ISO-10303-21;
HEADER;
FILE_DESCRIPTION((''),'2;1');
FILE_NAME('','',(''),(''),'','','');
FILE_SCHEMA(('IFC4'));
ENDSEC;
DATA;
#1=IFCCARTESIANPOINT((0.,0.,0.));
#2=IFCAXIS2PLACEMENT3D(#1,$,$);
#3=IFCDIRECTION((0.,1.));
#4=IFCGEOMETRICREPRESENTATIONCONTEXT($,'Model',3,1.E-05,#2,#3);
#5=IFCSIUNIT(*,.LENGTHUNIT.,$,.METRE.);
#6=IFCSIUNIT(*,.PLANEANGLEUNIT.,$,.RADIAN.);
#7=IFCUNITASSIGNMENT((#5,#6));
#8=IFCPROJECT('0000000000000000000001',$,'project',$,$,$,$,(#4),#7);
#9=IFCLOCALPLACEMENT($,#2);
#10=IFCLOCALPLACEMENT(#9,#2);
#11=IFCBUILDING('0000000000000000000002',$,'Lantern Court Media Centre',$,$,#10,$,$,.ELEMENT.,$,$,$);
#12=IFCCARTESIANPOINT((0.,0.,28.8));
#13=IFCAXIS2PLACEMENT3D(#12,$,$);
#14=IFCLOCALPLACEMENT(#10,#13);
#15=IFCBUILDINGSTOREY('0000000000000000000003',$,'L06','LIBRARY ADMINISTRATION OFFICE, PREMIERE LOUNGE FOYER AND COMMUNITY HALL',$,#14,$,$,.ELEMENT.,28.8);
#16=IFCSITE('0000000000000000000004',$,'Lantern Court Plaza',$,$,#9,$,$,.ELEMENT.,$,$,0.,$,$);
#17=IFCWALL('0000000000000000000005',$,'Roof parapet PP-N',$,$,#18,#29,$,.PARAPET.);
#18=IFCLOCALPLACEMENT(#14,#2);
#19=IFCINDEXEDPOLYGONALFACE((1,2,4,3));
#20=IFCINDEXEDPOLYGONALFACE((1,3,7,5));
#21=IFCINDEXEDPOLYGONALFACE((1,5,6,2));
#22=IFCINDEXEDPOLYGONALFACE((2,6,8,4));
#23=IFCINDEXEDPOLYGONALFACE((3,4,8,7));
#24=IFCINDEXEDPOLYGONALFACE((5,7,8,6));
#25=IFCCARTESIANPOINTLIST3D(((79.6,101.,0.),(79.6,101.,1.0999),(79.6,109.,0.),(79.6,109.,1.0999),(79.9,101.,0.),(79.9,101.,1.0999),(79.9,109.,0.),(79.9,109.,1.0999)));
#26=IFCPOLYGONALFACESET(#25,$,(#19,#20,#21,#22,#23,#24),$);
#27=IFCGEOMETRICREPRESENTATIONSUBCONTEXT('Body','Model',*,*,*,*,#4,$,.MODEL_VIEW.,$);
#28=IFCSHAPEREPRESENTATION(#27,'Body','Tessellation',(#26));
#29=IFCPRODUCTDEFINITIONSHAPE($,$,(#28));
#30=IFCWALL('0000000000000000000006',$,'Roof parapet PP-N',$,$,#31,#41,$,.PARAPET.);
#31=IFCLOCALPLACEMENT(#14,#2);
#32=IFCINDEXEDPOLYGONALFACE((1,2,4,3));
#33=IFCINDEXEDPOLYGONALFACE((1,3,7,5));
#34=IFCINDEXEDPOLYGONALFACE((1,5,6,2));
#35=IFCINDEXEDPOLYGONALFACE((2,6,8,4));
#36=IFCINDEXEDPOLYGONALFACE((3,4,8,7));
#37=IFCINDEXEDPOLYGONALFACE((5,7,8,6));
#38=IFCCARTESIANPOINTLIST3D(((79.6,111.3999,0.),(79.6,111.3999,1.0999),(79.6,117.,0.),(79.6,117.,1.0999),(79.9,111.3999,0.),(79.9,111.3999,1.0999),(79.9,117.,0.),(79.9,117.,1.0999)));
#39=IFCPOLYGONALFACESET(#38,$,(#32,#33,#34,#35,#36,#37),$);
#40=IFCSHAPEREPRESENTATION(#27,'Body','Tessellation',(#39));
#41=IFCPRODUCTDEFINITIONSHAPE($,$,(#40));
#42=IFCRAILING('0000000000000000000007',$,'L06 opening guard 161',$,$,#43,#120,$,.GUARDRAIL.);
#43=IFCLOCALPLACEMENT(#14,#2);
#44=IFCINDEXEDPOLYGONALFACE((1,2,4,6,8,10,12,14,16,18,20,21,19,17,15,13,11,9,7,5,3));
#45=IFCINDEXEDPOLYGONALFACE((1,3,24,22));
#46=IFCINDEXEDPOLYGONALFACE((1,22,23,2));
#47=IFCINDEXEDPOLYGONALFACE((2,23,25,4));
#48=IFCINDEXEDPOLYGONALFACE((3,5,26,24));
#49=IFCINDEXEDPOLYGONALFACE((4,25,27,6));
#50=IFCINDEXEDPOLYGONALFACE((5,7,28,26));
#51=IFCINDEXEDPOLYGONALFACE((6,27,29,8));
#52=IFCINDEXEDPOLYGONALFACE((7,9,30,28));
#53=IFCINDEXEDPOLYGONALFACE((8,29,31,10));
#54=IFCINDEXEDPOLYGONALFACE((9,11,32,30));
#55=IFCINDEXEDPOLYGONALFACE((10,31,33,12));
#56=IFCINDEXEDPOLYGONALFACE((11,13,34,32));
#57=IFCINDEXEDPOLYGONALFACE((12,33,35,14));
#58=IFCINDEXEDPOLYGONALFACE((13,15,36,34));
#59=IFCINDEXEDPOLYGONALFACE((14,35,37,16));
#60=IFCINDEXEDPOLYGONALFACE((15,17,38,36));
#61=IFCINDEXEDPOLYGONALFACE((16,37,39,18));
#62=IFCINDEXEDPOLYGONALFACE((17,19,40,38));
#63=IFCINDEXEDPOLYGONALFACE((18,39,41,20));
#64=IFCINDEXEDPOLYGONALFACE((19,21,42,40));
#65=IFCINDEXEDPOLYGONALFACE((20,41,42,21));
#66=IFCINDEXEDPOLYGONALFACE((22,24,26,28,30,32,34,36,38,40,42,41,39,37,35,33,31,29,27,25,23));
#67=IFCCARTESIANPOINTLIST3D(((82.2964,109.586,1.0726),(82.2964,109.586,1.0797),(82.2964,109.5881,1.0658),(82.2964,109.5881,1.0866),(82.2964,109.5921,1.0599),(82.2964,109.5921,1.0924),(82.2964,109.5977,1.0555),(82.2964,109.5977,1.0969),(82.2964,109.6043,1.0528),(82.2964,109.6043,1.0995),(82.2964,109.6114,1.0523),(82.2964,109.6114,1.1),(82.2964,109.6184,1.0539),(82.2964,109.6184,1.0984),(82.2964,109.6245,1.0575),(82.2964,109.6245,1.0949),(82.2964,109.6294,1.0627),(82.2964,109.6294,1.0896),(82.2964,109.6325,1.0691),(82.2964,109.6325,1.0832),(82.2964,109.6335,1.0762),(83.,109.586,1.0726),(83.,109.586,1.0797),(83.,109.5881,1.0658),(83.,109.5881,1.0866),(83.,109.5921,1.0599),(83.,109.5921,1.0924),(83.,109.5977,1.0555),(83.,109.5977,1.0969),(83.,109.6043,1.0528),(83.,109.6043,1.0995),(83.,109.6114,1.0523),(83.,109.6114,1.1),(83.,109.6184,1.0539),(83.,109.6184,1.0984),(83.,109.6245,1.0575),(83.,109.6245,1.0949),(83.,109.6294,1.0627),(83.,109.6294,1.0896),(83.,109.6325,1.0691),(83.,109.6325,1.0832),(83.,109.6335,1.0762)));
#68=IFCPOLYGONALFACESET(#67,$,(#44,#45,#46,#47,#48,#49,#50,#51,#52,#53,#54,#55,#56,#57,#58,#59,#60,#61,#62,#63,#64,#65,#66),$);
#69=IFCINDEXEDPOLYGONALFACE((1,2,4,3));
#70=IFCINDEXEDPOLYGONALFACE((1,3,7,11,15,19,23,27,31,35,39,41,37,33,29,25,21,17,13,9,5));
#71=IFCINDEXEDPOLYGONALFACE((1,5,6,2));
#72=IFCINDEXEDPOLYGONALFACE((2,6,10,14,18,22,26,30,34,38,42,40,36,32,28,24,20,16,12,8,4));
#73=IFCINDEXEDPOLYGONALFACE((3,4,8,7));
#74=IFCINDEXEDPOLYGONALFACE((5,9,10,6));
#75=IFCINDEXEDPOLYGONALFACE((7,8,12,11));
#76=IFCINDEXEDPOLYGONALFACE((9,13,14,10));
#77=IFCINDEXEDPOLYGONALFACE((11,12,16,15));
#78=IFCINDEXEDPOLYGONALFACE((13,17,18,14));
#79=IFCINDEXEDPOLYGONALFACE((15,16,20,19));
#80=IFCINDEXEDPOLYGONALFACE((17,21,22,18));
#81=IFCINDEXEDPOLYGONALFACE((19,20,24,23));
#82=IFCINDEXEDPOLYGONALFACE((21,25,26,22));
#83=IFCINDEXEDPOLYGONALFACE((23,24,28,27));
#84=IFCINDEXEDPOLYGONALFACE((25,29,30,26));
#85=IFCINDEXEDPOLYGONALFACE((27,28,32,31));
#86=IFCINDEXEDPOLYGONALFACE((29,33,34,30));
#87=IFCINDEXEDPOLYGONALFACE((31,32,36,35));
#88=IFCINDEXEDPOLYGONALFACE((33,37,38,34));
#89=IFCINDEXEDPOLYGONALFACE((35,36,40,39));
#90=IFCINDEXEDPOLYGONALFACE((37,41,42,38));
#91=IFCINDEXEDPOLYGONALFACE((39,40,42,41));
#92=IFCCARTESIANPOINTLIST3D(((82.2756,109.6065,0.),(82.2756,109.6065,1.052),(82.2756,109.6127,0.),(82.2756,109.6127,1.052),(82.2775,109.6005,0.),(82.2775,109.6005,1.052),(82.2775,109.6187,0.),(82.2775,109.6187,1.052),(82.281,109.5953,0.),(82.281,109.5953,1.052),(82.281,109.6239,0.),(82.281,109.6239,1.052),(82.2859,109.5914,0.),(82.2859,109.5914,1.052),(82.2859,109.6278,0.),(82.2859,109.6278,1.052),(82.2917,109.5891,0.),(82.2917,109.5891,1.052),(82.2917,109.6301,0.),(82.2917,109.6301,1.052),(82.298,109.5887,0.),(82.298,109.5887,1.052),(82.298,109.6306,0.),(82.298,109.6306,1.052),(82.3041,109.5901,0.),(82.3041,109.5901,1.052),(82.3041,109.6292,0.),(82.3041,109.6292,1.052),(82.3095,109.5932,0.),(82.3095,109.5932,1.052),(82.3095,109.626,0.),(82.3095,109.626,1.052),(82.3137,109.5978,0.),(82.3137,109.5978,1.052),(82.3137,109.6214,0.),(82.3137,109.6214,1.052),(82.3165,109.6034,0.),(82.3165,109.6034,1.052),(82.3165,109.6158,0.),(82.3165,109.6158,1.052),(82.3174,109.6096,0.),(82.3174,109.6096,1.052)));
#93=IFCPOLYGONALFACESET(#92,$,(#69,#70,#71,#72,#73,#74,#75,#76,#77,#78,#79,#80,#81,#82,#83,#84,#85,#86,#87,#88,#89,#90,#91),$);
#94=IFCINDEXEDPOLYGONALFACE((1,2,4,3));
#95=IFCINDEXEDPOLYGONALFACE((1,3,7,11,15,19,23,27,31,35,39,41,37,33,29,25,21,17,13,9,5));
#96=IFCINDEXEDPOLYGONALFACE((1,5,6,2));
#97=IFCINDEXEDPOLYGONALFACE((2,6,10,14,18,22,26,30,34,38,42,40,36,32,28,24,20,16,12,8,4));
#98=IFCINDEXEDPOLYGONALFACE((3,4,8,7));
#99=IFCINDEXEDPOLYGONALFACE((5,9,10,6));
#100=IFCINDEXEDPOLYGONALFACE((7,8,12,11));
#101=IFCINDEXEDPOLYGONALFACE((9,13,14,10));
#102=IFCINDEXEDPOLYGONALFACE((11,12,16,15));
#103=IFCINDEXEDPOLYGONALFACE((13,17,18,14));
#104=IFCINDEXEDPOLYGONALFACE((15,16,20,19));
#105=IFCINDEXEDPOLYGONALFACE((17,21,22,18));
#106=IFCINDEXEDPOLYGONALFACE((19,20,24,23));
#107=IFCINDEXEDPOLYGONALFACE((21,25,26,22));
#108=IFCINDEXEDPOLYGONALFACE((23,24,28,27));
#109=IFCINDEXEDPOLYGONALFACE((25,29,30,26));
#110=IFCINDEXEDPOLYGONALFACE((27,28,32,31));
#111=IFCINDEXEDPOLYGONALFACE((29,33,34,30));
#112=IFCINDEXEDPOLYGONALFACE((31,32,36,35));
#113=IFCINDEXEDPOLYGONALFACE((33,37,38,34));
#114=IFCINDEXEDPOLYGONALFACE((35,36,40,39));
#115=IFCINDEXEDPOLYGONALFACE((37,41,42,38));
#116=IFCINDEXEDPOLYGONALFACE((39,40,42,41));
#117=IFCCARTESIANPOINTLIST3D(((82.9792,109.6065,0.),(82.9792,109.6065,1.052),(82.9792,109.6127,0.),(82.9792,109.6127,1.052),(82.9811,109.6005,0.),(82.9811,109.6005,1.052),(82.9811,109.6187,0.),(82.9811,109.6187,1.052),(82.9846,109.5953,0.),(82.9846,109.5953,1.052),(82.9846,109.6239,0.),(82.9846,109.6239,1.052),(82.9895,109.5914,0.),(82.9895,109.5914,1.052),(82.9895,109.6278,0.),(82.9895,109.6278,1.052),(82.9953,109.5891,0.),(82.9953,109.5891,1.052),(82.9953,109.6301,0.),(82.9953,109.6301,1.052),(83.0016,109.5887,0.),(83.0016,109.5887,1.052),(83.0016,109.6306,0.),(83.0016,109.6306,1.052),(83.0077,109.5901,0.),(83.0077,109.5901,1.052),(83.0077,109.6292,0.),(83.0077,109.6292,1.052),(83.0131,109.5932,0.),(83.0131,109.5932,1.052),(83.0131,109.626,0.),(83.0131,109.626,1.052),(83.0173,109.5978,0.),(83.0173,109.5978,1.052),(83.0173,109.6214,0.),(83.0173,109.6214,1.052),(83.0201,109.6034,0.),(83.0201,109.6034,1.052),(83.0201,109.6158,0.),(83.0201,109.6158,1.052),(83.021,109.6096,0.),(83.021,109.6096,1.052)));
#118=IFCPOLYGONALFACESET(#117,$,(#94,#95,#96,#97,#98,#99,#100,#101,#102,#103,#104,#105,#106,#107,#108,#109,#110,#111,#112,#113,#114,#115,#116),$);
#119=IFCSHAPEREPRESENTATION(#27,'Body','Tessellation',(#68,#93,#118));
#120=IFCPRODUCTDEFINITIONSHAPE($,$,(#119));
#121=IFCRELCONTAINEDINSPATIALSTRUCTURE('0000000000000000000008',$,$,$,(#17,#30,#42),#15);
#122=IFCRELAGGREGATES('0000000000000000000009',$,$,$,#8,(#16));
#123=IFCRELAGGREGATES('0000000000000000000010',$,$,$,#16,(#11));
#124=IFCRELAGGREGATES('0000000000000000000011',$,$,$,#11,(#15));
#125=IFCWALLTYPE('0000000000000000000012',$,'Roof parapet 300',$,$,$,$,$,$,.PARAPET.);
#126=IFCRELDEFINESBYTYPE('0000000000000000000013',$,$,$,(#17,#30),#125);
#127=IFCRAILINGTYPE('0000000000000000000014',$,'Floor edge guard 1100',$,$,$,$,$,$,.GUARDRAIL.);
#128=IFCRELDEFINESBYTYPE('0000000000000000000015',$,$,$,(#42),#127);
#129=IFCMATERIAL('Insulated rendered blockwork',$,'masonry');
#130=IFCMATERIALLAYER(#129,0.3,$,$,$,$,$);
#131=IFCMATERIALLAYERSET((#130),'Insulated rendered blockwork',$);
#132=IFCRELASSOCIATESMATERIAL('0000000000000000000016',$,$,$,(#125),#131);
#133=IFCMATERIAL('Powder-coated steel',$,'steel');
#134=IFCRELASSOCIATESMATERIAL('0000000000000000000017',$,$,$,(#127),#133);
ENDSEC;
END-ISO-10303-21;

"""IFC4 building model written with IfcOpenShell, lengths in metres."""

from ifc_helpers import new_model, si_unit, direction, frame, frame_2d, origin, origin_2d, place, context, subcontext, project, spatial, rectangle, circle, extrude, material, layer, layer_set, type_object, element, save


model = new_model("IFC4")

# Units and contexts
model_context = context("Model", 3, precision=1e-05, world=origin(), true_north=direction((0.0, 1.0)))
body_context = subcontext(model_context, "Body", "Model", "MODEL_VIEW")
ifc_project = project(units=[si_unit("LENGTHUNIT", "METRE"), si_unit("PLANEANGLEUNIT", "RADIAN")], contexts=[model_context])

# Site, building, storey
site_placement = place(None, origin())
site = spatial("IfcSite", under=ifc_project, at=site_placement, Name="Lantern Court Plaza", CompositionType="ELEMENT", RefElevation=0.0)
building_placement = place(site_placement, origin())
building = spatial("IfcBuilding", under=site, at=building_placement, Name="Lantern Court Media Centre", CompositionType="ELEMENT")
storey_placement = place(building_placement, frame((0.0, 0.0, 28.8)))
storey = spatial("IfcBuildingStorey", under=building, at=storey_placement, Name="L06", Description="LIBRARY ADMINISTRATION OFFICE, PREMIERE LOUNGE FOYER AND COMMUNITY HALL", CompositionType="ELEMENT", Elevation=28.8)

# Walls
ifc_material_1 = material(Name="Insulated rendered blockwork", Category="masonry")
ifc_layer_1 = layer(ifc_material_1, 0.3)
ifc_layer_set_1 = layer_set([ifc_layer_1], Name="Insulated rendered blockwork")
wall_type_1 = type_object("IfcWallType", Name="Roof parapet 300", PredefinedType="PARAPET", material=ifc_layer_set_1)
wall_1_placement = place(storey_placement, frame((79.75, 101.0, 0.0), z_axis=(0.0, 0.0, 1.0), x_axis=(0.0, 1.0, 0.0)))
element("IfcWall", 1, at=wall_1_placement, inside=storey, type_object=wall_type_1, Name="Roof parapet PP-N", PredefinedType="PARAPET", context=body_context, shape_type="SweptSolid", body=[
    extrude(rectangle(XDim=8.0, YDim=0.3, at=frame_2d((4.0, 0.0))), origin(), (0.0, 0.0, 1.0), 1.0999),
])
wall_2_placement = place(storey_placement, frame((79.75, 111.3999, 0.0), z_axis=(0.0, 0.0, 1.0), x_axis=(0.0, 1.0, 0.0)))
element("IfcWall", 2, at=wall_2_placement, inside=storey, type_object=wall_type_1, Name="Roof parapet PP-N", PredefinedType="PARAPET", context=body_context, shape_type="SweptSolid", body=[
    extrude(rectangle(XDim=5.6001, YDim=0.3, at=frame_2d((2.8, 0.0))), origin(), (0.0, 0.0, 1.0), 1.0999),
])

# Railing
ifc_material_2 = material(Name="Powder-coated steel", Category="steel")
railing_type_1 = type_object("IfcRailingType", Name="Floor edge guard 1100", PredefinedType="GUARDRAIL", material=ifc_material_2)
railing_1_placement = place(storey_placement, frame((82.2964, 109.6096, 0.0)))
element("IfcRailing", 3, at=railing_1_placement, inside=storey, type_object=railing_type_1, Name="L06 opening guard 161", PredefinedType="GUARDRAIL", context=body_context, shape_type="SweptSolid", body=[
    extrude(circle(Radius=0.0239, at=origin_2d()), frame((0.0, 0.0, 1.0762), z_axis=(1.0, 0.0, 0.0), x_axis=(0.0, 1.0, 0.0)), (0.0, 0.0, 1.0), 0.7036),
    extrude(circle(Radius=0.021, at=origin_2d()), origin(), (0.0, 0.0, 1.0), 1.052),
    extrude(circle(Radius=0.021, at=origin_2d()), frame((0.7036, 0.0, 0.0)), (0.0, 0.0, 1.0), 1.052),
])

save(model, "model.ifc")
